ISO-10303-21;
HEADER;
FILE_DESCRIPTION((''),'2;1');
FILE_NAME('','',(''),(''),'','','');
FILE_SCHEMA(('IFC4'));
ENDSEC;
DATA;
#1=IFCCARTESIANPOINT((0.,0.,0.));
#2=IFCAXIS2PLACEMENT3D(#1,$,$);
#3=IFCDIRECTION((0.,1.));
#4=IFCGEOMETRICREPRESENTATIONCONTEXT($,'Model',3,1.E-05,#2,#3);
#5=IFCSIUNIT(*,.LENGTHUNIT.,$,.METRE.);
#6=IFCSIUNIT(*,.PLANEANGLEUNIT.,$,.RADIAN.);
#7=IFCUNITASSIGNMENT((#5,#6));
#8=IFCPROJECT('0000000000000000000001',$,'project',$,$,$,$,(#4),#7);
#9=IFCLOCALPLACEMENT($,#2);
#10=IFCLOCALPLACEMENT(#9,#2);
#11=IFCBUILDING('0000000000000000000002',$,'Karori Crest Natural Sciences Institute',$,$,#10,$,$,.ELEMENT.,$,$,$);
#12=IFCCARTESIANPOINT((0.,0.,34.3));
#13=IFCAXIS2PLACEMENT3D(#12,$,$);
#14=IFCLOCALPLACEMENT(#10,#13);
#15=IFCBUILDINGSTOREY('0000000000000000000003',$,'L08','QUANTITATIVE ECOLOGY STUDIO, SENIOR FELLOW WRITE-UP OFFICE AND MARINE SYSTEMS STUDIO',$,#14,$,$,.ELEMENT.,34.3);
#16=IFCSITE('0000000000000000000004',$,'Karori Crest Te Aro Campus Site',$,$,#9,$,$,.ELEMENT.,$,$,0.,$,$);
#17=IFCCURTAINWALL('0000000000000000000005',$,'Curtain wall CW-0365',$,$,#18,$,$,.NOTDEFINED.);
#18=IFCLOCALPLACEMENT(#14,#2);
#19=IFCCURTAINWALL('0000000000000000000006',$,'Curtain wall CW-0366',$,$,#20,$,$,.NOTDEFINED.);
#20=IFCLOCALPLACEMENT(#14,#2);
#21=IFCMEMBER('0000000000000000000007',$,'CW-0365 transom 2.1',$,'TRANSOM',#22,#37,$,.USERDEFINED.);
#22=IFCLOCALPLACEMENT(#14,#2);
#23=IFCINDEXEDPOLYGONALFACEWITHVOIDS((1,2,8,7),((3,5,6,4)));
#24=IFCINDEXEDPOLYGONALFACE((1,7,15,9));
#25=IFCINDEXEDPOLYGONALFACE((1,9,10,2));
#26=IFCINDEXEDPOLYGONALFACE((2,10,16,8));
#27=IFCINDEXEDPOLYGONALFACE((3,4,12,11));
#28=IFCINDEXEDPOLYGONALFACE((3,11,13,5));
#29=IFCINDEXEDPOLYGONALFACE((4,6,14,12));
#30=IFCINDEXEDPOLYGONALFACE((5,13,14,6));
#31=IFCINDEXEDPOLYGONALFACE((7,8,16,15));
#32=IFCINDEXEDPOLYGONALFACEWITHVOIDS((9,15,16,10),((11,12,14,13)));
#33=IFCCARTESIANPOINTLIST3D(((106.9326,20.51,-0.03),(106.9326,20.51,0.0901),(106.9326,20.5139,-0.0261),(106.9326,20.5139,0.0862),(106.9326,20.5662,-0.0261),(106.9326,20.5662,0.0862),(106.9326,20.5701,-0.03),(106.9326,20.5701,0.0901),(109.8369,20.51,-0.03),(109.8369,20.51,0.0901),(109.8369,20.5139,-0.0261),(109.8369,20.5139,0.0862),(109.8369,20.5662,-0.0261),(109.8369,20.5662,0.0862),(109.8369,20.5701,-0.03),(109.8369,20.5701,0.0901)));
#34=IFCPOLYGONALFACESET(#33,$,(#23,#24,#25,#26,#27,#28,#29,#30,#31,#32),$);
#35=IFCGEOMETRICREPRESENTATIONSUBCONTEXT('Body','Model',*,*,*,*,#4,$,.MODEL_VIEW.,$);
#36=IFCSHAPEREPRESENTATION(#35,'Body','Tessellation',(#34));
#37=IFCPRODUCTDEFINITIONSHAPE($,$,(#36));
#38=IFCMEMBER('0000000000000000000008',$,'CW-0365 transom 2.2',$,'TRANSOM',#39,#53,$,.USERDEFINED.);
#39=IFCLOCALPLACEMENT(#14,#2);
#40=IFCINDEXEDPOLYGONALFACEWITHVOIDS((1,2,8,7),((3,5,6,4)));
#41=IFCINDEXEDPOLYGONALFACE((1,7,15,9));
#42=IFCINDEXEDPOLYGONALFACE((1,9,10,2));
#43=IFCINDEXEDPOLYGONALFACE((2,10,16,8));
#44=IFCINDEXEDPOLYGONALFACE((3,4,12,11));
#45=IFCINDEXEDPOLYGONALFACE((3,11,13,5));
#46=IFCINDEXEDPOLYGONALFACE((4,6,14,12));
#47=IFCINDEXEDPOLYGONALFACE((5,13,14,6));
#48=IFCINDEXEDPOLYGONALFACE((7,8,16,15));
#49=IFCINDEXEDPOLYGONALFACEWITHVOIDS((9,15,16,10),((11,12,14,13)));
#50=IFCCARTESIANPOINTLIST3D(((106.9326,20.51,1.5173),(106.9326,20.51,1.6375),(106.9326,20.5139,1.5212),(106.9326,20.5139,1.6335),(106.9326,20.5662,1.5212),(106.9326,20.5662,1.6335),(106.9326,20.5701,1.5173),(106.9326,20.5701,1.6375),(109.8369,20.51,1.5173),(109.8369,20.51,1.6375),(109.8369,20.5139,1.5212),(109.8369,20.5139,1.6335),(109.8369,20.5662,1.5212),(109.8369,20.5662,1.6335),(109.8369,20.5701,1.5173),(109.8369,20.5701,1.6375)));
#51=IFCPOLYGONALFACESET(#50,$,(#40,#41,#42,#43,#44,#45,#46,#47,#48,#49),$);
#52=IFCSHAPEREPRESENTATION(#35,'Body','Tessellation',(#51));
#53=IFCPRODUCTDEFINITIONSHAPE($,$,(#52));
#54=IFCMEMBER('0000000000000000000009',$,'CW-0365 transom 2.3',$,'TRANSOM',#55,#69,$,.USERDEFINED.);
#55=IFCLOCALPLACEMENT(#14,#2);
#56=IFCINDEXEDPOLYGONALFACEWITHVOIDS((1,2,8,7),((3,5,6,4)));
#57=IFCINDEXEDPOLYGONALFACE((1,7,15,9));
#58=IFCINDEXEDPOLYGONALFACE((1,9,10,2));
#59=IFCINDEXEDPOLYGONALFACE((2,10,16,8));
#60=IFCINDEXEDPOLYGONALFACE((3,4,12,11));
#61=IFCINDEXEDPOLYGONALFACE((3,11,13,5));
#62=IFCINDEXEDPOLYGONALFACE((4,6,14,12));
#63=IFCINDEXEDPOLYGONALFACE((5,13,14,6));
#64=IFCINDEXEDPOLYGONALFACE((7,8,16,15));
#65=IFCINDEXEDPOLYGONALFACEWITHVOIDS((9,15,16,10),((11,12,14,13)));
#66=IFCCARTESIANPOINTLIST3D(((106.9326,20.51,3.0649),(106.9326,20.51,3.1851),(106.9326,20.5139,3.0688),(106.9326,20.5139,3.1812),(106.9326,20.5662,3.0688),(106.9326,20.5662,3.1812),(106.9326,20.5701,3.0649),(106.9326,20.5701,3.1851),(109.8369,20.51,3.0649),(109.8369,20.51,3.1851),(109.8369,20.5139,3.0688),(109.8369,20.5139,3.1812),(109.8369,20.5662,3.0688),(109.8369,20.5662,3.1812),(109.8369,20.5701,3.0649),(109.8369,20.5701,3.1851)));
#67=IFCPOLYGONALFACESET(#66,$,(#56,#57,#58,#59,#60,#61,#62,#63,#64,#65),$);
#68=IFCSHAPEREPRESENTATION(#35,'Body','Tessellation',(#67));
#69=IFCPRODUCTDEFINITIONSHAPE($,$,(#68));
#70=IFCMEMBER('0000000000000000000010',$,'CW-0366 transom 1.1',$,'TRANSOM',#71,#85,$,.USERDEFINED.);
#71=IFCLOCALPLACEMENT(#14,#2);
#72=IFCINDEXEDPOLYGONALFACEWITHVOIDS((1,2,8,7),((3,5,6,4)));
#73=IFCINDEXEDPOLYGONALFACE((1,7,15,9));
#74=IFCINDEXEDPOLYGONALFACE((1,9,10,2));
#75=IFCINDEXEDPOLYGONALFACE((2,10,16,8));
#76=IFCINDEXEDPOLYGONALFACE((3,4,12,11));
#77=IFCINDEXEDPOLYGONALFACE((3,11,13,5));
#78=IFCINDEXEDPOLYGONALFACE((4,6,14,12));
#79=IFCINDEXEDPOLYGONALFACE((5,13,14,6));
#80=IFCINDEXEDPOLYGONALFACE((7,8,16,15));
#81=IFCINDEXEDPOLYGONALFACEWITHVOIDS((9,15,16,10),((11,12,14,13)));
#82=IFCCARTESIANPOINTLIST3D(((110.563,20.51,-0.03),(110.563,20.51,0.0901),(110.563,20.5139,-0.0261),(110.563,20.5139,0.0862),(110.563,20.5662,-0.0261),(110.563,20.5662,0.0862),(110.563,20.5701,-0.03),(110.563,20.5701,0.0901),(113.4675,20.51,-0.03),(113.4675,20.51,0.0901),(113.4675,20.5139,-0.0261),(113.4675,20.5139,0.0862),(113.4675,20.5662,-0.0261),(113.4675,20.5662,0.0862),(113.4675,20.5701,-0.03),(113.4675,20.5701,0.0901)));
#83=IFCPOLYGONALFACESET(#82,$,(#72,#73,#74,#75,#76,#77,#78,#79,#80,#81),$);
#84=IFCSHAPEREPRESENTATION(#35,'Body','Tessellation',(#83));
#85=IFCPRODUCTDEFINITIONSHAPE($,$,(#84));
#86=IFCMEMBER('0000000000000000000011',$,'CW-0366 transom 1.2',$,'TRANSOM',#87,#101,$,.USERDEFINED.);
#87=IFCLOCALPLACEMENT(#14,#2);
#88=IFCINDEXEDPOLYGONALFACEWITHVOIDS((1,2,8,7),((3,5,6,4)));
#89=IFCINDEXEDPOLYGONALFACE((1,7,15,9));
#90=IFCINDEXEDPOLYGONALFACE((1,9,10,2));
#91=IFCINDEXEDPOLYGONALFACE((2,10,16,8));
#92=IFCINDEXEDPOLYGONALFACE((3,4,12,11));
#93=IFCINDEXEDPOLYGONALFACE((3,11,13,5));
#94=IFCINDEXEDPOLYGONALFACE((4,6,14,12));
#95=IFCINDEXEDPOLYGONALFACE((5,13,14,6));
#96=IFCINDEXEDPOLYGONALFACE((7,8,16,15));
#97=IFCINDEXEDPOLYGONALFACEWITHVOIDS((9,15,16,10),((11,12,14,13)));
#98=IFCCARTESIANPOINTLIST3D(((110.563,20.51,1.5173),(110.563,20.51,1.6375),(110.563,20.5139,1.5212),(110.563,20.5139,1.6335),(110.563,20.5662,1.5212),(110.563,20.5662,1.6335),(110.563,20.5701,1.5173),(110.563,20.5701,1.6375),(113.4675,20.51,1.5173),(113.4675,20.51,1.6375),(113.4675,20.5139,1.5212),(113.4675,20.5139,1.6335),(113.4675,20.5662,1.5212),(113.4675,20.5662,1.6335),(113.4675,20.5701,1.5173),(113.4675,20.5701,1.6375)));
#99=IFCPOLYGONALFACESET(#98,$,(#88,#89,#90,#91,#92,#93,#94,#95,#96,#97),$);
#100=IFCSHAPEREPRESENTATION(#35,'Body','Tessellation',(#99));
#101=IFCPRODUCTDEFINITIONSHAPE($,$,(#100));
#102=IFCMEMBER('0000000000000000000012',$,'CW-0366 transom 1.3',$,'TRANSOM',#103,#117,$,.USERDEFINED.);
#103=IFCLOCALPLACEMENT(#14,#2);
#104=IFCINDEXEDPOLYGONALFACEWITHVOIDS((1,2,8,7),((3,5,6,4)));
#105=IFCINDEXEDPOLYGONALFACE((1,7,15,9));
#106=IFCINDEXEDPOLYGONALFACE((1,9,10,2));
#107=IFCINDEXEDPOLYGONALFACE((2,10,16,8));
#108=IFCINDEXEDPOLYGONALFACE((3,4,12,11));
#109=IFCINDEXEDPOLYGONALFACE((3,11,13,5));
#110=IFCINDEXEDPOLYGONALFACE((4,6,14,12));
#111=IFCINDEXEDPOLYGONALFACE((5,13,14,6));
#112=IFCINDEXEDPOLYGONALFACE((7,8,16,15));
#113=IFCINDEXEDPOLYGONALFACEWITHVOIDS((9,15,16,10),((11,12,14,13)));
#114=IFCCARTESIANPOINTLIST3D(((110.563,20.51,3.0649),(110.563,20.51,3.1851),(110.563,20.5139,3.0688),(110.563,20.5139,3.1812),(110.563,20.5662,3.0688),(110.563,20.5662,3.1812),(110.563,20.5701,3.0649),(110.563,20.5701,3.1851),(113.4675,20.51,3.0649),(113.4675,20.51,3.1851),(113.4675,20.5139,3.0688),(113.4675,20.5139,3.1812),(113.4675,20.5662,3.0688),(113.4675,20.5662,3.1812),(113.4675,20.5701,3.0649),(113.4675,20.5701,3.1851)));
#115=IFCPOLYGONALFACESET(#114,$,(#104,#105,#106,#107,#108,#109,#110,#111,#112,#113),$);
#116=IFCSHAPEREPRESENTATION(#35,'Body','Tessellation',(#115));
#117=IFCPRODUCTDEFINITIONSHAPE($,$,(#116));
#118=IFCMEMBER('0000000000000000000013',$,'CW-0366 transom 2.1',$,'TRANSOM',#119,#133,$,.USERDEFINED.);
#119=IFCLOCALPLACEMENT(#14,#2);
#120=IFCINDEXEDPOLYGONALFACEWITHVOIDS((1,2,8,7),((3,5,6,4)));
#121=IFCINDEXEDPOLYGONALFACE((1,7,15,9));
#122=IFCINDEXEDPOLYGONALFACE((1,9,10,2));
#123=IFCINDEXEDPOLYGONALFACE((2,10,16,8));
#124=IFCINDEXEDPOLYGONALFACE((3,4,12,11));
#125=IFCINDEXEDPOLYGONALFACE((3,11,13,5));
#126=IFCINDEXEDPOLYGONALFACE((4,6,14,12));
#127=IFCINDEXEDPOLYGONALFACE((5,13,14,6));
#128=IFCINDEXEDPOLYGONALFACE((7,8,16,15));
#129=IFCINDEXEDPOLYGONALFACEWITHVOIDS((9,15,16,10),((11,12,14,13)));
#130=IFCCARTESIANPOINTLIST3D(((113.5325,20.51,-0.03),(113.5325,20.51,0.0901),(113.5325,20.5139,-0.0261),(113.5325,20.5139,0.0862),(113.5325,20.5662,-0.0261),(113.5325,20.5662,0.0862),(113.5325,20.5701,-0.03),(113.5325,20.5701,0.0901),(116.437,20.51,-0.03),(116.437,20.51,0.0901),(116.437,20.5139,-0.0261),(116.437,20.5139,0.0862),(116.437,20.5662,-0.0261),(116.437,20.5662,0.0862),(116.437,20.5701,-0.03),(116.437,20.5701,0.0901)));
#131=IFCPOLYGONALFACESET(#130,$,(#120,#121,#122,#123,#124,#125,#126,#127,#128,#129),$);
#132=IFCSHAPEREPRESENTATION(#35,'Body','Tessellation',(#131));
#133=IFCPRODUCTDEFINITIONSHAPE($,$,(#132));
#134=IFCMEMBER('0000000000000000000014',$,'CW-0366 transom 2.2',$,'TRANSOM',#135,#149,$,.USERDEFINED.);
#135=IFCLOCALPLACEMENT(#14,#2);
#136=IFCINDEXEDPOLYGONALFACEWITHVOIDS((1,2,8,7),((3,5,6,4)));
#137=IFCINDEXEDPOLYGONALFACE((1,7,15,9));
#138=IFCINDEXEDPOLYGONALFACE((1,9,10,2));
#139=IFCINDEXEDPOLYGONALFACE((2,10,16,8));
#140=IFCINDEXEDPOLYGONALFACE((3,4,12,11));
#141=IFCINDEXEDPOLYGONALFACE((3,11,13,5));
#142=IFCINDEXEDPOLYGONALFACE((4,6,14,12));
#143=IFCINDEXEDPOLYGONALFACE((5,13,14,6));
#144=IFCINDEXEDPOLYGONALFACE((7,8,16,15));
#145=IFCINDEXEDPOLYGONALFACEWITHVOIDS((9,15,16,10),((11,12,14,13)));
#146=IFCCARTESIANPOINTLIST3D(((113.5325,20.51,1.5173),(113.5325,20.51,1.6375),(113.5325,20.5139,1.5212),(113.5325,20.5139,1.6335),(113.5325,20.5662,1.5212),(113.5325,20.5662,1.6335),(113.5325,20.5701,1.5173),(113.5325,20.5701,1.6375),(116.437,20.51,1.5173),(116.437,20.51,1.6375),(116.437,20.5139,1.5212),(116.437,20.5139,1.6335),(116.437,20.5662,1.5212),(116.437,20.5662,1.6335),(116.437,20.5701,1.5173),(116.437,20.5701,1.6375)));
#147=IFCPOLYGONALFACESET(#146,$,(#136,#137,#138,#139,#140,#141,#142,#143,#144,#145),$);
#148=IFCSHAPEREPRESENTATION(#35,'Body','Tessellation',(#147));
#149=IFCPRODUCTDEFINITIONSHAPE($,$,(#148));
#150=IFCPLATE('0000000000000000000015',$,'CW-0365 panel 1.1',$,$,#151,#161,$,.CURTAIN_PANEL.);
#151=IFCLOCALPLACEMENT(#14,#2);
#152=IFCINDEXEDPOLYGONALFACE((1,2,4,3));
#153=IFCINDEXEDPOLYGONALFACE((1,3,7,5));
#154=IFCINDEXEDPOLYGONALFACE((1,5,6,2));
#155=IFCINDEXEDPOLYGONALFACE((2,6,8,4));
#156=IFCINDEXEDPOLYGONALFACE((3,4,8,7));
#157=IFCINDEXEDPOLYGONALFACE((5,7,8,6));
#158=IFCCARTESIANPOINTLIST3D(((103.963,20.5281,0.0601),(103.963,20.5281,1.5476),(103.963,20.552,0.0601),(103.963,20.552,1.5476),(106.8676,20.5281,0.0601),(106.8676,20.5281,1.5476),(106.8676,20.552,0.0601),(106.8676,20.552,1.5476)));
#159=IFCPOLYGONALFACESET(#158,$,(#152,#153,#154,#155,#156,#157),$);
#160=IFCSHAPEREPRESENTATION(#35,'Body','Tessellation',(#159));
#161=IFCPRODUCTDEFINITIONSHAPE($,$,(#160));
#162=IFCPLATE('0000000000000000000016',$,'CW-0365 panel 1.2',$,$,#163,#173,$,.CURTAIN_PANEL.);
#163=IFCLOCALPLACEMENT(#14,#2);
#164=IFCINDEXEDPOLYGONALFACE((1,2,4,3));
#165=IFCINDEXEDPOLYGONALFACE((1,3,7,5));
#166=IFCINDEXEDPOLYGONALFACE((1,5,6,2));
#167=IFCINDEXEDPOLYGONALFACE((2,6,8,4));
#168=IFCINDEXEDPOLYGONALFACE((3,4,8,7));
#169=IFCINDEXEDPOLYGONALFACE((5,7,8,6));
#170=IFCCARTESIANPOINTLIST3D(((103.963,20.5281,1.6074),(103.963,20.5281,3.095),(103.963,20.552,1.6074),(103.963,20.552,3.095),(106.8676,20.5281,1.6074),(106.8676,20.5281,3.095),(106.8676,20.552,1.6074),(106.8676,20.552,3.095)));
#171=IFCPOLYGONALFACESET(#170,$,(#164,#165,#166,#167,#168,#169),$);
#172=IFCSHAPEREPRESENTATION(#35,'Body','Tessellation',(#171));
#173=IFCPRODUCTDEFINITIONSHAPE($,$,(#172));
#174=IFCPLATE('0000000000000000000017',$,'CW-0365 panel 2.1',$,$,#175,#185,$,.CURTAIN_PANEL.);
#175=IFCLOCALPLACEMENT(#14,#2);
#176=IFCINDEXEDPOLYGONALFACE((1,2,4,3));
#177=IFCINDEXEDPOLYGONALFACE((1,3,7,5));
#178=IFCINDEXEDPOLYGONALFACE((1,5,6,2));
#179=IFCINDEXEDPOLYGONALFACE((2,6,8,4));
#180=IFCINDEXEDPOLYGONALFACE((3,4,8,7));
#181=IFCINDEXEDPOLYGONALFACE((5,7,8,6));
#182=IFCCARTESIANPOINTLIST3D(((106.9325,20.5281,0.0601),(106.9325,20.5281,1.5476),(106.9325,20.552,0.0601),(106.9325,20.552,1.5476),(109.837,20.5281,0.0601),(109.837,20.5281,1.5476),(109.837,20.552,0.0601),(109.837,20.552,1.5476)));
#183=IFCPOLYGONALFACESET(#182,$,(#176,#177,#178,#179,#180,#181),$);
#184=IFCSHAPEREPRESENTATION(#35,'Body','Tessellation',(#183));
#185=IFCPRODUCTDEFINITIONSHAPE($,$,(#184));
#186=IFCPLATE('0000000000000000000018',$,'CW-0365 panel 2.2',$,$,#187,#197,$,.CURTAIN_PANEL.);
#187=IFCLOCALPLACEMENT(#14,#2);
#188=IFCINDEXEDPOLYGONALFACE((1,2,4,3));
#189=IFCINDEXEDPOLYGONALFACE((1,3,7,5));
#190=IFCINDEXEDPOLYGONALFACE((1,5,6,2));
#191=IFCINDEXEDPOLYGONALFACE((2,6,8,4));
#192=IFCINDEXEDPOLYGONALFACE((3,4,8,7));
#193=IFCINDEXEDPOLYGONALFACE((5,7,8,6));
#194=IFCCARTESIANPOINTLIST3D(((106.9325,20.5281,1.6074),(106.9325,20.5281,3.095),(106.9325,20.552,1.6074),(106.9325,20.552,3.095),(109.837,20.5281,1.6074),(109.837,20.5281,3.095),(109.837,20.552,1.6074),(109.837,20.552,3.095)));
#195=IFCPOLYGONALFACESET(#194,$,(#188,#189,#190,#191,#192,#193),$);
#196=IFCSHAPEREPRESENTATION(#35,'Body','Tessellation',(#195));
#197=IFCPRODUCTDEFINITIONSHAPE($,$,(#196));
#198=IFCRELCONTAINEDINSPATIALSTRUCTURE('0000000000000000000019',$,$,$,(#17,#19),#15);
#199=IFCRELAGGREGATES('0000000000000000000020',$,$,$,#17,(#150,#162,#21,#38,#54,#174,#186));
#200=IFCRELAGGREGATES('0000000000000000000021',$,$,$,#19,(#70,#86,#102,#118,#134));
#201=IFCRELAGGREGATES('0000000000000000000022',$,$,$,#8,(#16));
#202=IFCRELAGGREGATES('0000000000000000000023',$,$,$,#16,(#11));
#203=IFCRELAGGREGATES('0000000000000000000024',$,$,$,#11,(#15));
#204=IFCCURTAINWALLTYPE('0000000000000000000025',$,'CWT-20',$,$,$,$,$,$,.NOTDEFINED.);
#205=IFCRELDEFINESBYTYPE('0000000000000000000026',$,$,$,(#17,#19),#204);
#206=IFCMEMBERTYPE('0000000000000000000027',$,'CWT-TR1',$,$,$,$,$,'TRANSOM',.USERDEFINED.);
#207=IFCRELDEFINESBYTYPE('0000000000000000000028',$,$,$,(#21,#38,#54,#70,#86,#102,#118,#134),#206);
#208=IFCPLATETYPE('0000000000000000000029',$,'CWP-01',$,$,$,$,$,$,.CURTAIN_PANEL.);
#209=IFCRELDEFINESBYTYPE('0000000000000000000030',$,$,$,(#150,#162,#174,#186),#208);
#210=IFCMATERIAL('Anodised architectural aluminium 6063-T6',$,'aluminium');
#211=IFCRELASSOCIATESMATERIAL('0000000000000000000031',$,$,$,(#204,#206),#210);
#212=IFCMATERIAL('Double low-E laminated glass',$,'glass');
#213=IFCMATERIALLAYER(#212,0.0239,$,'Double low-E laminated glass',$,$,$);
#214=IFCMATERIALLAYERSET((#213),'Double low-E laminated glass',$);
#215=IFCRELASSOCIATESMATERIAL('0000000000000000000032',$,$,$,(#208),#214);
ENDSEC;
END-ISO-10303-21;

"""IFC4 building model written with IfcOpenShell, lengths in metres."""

from ifc_helpers import new_model, si_unit, direction, frame, origin, origin_2d, place, context, subcontext, project, spatial, rectangle, hollow_rectangle, extrude, material, layer, layer_set, material_profile, profile_set, type_object, element, aggregate, save


model = new_model("IFC4")

# Units and contexts
model_context = context("Model", 3, precision=1e-05, world=origin(), true_north=direction((0.0, 1.0)))
body_context = subcontext(model_context, "Body", "Model", "MODEL_VIEW")
ifc_project = project(units=[si_unit("LENGTHUNIT", "METRE"), si_unit("PLANEANGLEUNIT", "RADIAN")], contexts=[model_context])

# Site, building, storey
site_placement = place(None, origin())
site = spatial("IfcSite", under=ifc_project, at=site_placement, Name="Karori Crest Te Aro Campus Site", CompositionType="ELEMENT", RefElevation=0.0)
building_placement = place(site_placement, origin())
building = spatial("IfcBuilding", under=site, at=building_placement, Name="Karori Crest Natural Sciences Institute", CompositionType="ELEMENT")
storey_placement = place(building_placement, frame((0.0, 0.0, 34.3)))
storey = spatial("IfcBuildingStorey", under=building, at=storey_placement, Name="L08", Description="QUANTITATIVE ECOLOGY STUDIO, SENIOR FELLOW WRITE-UP OFFICE AND MARINE SYSTEMS STUDIO", CompositionType="ELEMENT", Elevation=34.3)

# Curtain walls
ifc_material_1 = material(Name="Anodised architectural aluminium 6063-T6", Category="aluminium")
curtain_wall_type = type_object("IfcCurtainWallType", Name="CWT-20", PredefinedType="NOTDEFINED", material=ifc_material_1)
curtain_wall_1_placement = place(storey_placement, origin())
curtain_wall_1 = element("IfcCurtainWall", 1, at=curtain_wall_1_placement, inside=storey, type_object=curtain_wall_type, Name="Curtain wall CW-0365", PredefinedType="NOTDEFINED")
curtain_wall_2_placement = place(storey_placement, origin())
curtain_wall_2 = element("IfcCurtainWall", 2, at=curtain_wall_2_placement, inside=storey, type_object=curtain_wall_type, Name="Curtain wall CW-0366", PredefinedType="NOTDEFINED")

# Members
ifc_material_profile_1 = material_profile(ifc_material_1, hollow_rectangle(XDim=0.0601, YDim=0.1201, WallThickness=0.0039, at=origin_2d()), Name="CWT120x60x4")
ifc_profile_set_1 = profile_set([ifc_material_profile_1], Name="Anodised architectural aluminium 6063-T6")
member_type_1 = type_object("IfcMemberType", Name="CWT-TR1", ElementType="TRANSOM", PredefinedType="USERDEFINED", material=ifc_profile_set_1)
member_1_placement = place(storey_placement, frame((106.9326, 20.54, 0.03), z_axis=(1.0, 0.0, 0.0), x_axis=(0.0, 1.0, 0.0)))
member_1 = element("IfcMember", 3, at=member_1_placement, type_object=member_type_1, Name="CW-0365 transom 2.1", ObjectType="TRANSOM", PredefinedType="USERDEFINED", context=body_context, shape_type="SweptSolid", body=[
    extrude(hollow_rectangle(XDim=0.0601, YDim=0.1201, WallThickness=0.0039, at=origin_2d()), origin(), (0.0, 0.0, 1.0), 2.9043),
])
member_2_placement = place(storey_placement, frame((106.9326, 20.54, 1.5774), z_axis=(1.0, 0.0, 0.0), x_axis=(0.0, 1.0, 0.0)))
member_2 = element("IfcMember", 4, at=member_2_placement, type_object=member_type_1, Name="CW-0365 transom 2.2", ObjectType="TRANSOM", PredefinedType="USERDEFINED", context=body_context, shape_type="SweptSolid", body=[
    extrude(hollow_rectangle(XDim=0.0601, YDim=0.1201, WallThickness=0.0039, at=origin_2d()), origin(), (0.0, 0.0, 1.0), 2.9043),
])
member_3_placement = place(storey_placement, frame((106.9326, 20.54, 3.125), z_axis=(1.0, 0.0, 0.0), x_axis=(0.0, 1.0, 0.0)))
member_3 = element("IfcMember", 5, at=member_3_placement, type_object=member_type_1, Name="CW-0365 transom 2.3", ObjectType="TRANSOM", PredefinedType="USERDEFINED", context=body_context, shape_type="SweptSolid", body=[
    extrude(hollow_rectangle(XDim=0.0601, YDim=0.1201, WallThickness=0.0039, at=origin_2d()), origin(), (0.0, 0.0, 1.0), 2.9043),
])
member_4_placement = place(storey_placement, frame((110.563, 20.54, 0.03), z_axis=(1.0, 0.0, 0.0), x_axis=(0.0, 1.0, 0.0)))
member_4 = element("IfcMember", 6, at=member_4_placement, type_object=member_type_1, Name="CW-0366 transom 1.1", ObjectType="TRANSOM", PredefinedType="USERDEFINED", context=body_context, shape_type="SweptSolid", body=[
    extrude(hollow_rectangle(XDim=0.0601, YDim=0.1201, WallThickness=0.0039, at=origin_2d()), origin(), (0.0, 0.0, 1.0), 2.9045),
])
member_5_placement = place(storey_placement, frame((110.563, 20.54, 1.5774), z_axis=(1.0, 0.0, 0.0), x_axis=(0.0, 1.0, 0.0)))
member_5 = element("IfcMember", 7, at=member_5_placement, type_object=member_type_1, Name="CW-0366 transom 1.2", ObjectType="TRANSOM", PredefinedType="USERDEFINED", context=body_context, shape_type="SweptSolid", body=[
    extrude(hollow_rectangle(XDim=0.0601, YDim=0.1201, WallThickness=0.0039, at=origin_2d()), origin(), (0.0, 0.0, 1.0), 2.9045),
])
member_6_placement = place(storey_placement, frame((110.563, 20.54, 3.125), z_axis=(1.0, 0.0, 0.0), x_axis=(0.0, 1.0, 0.0)))
member_6 = element("IfcMember", 8, at=member_6_placement, type_object=member_type_1, Name="CW-0366 transom 1.3", ObjectType="TRANSOM", PredefinedType="USERDEFINED", context=body_context, shape_type="SweptSolid", body=[
    extrude(hollow_rectangle(XDim=0.0601, YDim=0.1201, WallThickness=0.0039, at=origin_2d()), origin(), (0.0, 0.0, 1.0), 2.9045),
])
member_7_placement = place(storey_placement, frame((113.5325, 20.54, 0.03), z_axis=(1.0, 0.0, 0.0), x_axis=(0.0, 1.0, 0.0)))
member_7 = element("IfcMember", 9, at=member_7_placement, type_object=member_type_1, Name="CW-0366 transom 2.1", ObjectType="TRANSOM", PredefinedType="USERDEFINED", context=body_context, shape_type="SweptSolid", body=[
    extrude(hollow_rectangle(XDim=0.0601, YDim=0.1201, WallThickness=0.0039, at=origin_2d()), origin(), (0.0, 0.0, 1.0), 2.9045),
])
member_8_placement = place(storey_placement, frame((113.5325, 20.54, 1.5774), z_axis=(1.0, 0.0, 0.0), x_axis=(0.0, 1.0, 0.0)))
member_8 = element("IfcMember", 10, at=member_8_placement, type_object=member_type_1, Name="CW-0366 transom 2.2", ObjectType="TRANSOM", PredefinedType="USERDEFINED", context=body_context, shape_type="SweptSolid", body=[
    extrude(hollow_rectangle(XDim=0.0601, YDim=0.1201, WallThickness=0.0039, at=origin_2d()), origin(), (0.0, 0.0, 1.0), 2.9045),
])

# Plates
ifc_material_2 = material(Name="Double low-E laminated glass", Category="glass")
ifc_layer = layer(ifc_material_2, 0.0239, Name="Double low-E laminated glass")
ifc_layer_set = layer_set([ifc_layer], Name="Double low-E laminated glass")
plate_type = type_object("IfcPlateType", Name="CWP-01", PredefinedType="CURTAIN_PANEL", material=ifc_layer_set)
plate_1_placement = place(storey_placement, frame((105.4153, 20.54, 0.0601), z_axis=(0.0, 0.0, 1.0), x_axis=(1.0, 0.0, 0.0)))
plate_1 = element("IfcPlate", 11, at=plate_1_placement, type_object=plate_type, Name="CW-0365 panel 1.1", PredefinedType="CURTAIN_PANEL", context=body_context, shape_type="SweptSolid", body=[
    extrude(rectangle(XDim=2.9045, YDim=0.0239, at=origin_2d()), origin(), (0.0, 0.0, 1.0), 1.4875),
])
plate_2_placement = place(storey_placement, frame((105.4153, 20.54, 1.6074), z_axis=(0.0, 0.0, 1.0), x_axis=(1.0, 0.0, 0.0)))
plate_2 = element("IfcPlate", 12, at=plate_2_placement, type_object=plate_type, Name="CW-0365 panel 1.2", PredefinedType="CURTAIN_PANEL", context=body_context, shape_type="SweptSolid", body=[
    extrude(rectangle(XDim=2.9045, YDim=0.0239, at=origin_2d()), origin(), (0.0, 0.0, 1.0), 1.4875),
])
plate_3_placement = place(storey_placement, frame((108.3848, 20.54, 0.0601), z_axis=(0.0, 0.0, 1.0), x_axis=(1.0, 0.0, 0.0)))
plate_3 = element("IfcPlate", 13, at=plate_3_placement, type_object=plate_type, Name="CW-0365 panel 2.1", PredefinedType="CURTAIN_PANEL", context=body_context, shape_type="SweptSolid", body=[
    extrude(rectangle(XDim=2.9045, YDim=0.0239, at=origin_2d()), origin(), (0.0, 0.0, 1.0), 1.4875),
])
plate_4_placement = place(storey_placement, frame((108.3848, 20.54, 1.6074), z_axis=(0.0, 0.0, 1.0), x_axis=(1.0, 0.0, 0.0)))
plate_4 = element("IfcPlate", 14, at=plate_4_placement, type_object=plate_type, Name="CW-0365 panel 2.2", PredefinedType="CURTAIN_PANEL", context=body_context, shape_type="SweptSolid", body=[
    extrude(rectangle(XDim=2.9045, YDim=0.0239, at=origin_2d()), origin(), (0.0, 0.0, 1.0), 1.4875),
])
aggregate(curtain_wall_1, [plate_1, plate_2, member_1, member_2, member_3, plate_3, plate_4])
aggregate(curtain_wall_2, [member_4, member_5, member_6, member_7, member_8])

save(model, "model.ifc")
